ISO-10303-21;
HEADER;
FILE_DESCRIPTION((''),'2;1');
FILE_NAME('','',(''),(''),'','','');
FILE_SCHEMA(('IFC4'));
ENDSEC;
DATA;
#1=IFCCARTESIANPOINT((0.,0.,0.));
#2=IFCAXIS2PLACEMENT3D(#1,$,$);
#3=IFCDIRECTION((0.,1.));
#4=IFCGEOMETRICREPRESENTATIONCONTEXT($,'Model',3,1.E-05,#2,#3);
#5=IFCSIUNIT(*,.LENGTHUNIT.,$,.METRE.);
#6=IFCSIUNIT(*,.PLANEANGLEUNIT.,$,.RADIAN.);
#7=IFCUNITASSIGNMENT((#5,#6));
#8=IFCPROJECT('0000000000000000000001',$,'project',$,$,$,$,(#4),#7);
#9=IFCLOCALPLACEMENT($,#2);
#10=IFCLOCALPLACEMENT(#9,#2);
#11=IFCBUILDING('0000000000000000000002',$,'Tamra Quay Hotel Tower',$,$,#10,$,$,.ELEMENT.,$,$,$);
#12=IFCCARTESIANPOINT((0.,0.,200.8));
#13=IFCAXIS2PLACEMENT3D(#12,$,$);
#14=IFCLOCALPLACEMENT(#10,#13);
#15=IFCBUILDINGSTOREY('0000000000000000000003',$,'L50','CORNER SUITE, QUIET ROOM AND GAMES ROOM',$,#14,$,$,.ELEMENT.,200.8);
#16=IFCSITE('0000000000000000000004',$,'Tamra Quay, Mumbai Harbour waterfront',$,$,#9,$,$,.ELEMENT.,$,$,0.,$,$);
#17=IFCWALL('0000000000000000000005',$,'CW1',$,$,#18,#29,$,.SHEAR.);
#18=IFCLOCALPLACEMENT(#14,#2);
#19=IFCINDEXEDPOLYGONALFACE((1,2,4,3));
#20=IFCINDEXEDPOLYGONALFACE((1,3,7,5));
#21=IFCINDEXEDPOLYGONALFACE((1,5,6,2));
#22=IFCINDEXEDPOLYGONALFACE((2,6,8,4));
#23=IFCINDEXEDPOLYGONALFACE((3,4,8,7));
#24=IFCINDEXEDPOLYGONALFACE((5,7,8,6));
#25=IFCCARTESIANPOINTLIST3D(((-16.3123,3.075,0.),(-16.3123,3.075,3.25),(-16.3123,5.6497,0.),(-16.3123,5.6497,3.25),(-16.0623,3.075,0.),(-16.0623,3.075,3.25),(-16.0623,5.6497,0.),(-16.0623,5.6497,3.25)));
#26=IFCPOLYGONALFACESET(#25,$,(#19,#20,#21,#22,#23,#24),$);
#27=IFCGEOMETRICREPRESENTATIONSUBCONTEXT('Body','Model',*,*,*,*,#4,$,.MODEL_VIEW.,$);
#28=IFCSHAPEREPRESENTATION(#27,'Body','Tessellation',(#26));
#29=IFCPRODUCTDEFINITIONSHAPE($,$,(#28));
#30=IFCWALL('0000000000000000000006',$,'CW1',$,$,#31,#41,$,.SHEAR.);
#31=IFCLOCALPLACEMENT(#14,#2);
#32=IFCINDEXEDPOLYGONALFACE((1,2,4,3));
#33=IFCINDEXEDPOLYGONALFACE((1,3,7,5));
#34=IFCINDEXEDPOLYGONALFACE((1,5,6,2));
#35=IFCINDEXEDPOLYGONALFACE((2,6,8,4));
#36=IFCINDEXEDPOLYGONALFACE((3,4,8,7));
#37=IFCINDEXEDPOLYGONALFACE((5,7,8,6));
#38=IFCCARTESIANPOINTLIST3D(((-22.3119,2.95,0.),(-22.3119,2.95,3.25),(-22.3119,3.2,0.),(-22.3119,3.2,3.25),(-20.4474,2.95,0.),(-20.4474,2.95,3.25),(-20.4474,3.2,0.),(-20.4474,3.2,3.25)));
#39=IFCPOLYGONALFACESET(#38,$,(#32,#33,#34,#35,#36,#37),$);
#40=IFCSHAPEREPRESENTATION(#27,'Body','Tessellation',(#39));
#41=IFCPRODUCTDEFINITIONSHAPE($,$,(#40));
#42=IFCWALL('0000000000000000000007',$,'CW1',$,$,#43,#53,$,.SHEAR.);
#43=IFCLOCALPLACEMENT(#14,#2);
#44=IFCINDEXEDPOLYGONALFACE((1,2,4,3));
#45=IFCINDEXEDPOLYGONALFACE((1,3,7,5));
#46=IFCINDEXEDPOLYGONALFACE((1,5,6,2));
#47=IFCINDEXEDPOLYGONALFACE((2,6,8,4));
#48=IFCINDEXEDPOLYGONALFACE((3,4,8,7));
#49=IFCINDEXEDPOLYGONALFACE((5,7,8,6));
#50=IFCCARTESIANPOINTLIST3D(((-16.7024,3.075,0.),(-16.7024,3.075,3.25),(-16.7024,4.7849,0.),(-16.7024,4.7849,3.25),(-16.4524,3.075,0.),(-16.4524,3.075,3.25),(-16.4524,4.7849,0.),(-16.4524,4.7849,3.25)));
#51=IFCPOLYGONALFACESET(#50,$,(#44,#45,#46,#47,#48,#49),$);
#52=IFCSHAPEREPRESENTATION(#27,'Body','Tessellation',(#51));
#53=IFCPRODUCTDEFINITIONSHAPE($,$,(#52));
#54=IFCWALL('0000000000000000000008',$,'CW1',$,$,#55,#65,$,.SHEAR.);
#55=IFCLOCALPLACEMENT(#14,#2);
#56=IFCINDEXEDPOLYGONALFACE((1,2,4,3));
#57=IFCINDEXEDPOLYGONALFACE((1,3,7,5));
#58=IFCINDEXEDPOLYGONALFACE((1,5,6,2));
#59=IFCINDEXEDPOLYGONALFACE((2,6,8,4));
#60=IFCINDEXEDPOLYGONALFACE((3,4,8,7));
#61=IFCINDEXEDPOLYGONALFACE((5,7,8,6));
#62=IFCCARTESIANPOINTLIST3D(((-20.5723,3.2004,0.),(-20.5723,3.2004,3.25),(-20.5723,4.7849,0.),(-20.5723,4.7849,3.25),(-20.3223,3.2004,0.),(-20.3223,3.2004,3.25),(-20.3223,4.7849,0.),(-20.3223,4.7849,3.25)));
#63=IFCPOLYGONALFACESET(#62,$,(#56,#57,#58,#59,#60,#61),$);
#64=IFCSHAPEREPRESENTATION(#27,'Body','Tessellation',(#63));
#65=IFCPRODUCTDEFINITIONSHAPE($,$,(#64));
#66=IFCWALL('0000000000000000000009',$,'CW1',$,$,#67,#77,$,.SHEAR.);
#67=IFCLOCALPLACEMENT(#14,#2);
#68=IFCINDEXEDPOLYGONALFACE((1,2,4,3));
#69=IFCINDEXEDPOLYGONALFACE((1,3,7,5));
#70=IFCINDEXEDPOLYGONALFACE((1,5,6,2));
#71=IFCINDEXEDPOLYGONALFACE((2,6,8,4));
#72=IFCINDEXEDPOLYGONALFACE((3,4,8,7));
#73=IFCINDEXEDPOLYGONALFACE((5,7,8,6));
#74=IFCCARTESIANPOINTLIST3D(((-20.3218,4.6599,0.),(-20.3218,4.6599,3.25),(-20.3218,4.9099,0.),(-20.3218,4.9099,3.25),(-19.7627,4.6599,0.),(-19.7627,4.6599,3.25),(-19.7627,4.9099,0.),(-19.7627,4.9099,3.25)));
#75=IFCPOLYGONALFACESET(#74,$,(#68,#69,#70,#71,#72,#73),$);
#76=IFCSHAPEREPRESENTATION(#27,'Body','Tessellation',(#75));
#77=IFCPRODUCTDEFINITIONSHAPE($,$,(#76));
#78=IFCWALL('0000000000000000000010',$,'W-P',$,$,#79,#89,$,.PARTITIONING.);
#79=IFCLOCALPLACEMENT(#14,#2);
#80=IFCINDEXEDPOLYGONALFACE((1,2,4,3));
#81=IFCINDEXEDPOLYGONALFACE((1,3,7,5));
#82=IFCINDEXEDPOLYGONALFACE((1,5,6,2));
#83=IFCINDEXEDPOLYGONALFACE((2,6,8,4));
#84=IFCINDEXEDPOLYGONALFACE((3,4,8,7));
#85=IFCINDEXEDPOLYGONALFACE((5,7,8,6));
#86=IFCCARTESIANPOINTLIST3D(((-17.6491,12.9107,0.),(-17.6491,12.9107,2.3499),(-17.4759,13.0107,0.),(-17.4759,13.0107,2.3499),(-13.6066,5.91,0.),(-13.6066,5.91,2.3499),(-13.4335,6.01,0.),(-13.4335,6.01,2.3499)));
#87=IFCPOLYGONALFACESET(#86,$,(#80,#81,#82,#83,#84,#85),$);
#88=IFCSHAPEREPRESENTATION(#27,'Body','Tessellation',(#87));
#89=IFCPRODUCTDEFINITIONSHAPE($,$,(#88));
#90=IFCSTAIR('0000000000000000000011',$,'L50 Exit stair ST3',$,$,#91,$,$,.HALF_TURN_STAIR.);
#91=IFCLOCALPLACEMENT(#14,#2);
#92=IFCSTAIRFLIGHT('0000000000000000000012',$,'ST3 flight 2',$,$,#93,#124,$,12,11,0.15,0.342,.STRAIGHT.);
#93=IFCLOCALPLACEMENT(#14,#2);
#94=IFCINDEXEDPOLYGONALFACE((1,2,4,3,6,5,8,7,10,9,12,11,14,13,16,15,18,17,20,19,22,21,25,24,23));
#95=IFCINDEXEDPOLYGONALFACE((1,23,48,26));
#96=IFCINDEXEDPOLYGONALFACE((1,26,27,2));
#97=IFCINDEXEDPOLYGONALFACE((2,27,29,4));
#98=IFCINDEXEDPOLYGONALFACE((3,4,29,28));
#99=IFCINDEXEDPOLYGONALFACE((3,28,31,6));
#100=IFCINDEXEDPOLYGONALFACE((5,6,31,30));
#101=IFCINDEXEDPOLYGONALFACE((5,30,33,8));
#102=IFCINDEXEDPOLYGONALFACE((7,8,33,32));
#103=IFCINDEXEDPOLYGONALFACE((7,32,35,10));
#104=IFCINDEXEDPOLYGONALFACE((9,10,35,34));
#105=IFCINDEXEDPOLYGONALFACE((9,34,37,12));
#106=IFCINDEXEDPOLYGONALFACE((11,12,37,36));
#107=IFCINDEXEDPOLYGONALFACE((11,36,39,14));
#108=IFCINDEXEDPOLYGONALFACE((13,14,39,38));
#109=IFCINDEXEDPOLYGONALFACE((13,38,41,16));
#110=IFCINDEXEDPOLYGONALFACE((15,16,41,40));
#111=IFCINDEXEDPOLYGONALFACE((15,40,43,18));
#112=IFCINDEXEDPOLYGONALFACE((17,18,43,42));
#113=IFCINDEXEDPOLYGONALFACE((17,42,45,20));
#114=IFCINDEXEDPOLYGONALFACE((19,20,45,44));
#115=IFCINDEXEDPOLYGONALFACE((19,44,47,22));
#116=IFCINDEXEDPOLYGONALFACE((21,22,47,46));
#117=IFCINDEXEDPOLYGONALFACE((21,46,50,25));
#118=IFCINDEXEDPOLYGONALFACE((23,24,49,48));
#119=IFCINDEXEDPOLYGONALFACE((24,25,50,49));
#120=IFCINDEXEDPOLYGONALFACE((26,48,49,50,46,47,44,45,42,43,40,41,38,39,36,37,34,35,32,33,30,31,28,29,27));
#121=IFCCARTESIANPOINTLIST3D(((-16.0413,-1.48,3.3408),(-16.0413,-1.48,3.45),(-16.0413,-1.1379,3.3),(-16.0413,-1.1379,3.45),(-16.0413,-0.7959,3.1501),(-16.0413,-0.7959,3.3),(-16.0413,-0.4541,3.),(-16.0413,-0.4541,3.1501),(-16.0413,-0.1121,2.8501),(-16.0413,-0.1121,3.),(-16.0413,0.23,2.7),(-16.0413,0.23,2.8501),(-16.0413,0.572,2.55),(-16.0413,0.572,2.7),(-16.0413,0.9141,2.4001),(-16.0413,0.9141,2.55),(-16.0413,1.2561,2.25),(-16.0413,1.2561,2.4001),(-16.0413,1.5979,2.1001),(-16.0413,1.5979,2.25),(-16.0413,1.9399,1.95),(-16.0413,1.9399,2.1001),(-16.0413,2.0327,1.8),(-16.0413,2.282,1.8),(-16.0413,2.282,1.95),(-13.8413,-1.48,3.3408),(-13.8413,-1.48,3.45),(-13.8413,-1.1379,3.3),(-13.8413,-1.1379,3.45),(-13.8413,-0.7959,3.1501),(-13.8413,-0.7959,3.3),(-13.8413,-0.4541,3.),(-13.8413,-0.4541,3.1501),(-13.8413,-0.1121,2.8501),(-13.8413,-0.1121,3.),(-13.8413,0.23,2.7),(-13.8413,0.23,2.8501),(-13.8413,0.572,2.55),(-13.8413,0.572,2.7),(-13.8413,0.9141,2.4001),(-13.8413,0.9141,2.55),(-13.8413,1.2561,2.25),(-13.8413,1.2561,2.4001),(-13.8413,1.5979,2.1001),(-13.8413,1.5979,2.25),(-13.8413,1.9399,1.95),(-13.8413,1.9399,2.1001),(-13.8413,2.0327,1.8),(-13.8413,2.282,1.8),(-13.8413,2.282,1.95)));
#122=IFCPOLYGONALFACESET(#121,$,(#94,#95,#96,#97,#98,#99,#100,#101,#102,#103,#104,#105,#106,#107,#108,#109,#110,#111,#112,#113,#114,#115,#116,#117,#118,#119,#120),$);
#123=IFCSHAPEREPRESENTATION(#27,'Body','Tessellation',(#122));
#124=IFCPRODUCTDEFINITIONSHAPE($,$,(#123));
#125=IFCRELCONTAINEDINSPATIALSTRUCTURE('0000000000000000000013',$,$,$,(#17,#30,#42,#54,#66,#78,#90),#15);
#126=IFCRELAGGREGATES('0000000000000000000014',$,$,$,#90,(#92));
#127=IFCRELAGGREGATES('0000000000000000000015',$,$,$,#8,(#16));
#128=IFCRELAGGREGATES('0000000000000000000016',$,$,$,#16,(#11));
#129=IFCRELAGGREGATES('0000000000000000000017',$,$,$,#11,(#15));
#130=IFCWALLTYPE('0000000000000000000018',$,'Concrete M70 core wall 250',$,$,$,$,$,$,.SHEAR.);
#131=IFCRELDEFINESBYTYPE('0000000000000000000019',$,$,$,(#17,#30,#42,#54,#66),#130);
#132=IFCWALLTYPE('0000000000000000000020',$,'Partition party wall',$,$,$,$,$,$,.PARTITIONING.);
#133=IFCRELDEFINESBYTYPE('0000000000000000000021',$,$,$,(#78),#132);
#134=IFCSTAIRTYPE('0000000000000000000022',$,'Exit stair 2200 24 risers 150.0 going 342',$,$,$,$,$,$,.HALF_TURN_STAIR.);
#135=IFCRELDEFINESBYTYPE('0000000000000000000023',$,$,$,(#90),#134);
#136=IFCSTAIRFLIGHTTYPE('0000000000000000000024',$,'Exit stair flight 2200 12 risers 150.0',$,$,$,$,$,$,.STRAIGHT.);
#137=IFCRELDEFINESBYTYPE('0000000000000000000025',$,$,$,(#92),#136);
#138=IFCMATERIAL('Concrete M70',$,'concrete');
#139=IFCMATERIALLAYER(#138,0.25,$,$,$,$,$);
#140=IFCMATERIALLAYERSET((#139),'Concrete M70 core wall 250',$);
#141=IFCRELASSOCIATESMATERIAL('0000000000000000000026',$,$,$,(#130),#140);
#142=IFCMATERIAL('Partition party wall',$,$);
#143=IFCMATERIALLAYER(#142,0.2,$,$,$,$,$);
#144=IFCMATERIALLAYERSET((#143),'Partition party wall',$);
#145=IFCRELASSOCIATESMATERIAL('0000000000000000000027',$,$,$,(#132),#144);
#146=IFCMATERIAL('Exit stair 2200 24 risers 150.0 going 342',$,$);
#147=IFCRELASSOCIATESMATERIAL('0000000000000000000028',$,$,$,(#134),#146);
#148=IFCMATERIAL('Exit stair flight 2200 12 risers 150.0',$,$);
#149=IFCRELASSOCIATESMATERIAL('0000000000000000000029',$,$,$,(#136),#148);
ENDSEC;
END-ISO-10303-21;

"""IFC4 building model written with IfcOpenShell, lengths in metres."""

from ifc_helpers import new_model, si_unit, direction, frame, frame_2d, origin, place, context, subcontext, project, spatial, polyline, rectangle, outline, extrude, material, layer, layer_set, type_object, element, aggregate, save


model = new_model("IFC4")

# Units and contexts
model_context = context("Model", 3, precision=1e-05, world=origin(), true_north=direction((0.0, 1.0)))
body_context = subcontext(model_context, "Body", "Model", "MODEL_VIEW")
ifc_project = project(units=[si_unit("LENGTHUNIT", "METRE"), si_unit("PLANEANGLEUNIT", "RADIAN")], contexts=[model_context])

# Site, building, storey
site_placement = place(None, origin())
site = spatial("IfcSite", under=ifc_project, at=site_placement, Name="Tamra Quay, Mumbai Harbour waterfront", CompositionType="ELEMENT", RefElevation=0.0)
building_placement = place(site_placement, origin())
building = spatial("IfcBuilding", under=site, at=building_placement, Name="Tamra Quay Hotel Tower", CompositionType="ELEMENT")
storey_placement = place(building_placement, frame((0.0, 0.0, 200.8)))
storey = spatial("IfcBuildingStorey", under=building, at=storey_placement, Name="L50", Description="CORNER SUITE, QUIET ROOM AND GAMES ROOM", CompositionType="ELEMENT", Elevation=200.8)

# Shared definitions
ifc_material_1 = material(Name="Concrete M70", Category="concrete")

# Walls
ifc_layer_1 = layer(ifc_material_1, 0.25)
ifc_layer_set_1 = layer_set([ifc_layer_1], Name="Concrete M70 core wall 250")
wall_type_1 = type_object("IfcWallType", Name="Concrete M70 core wall 250", PredefinedType="SHEAR", material=ifc_layer_set_1)
wall_1_placement = place(storey_placement, frame((-16.1873, 3.075, 0.0), z_axis=(0.0, 0.0, 1.0), x_axis=(0.0, 1.0, 0.0)))
element("IfcWall", 1, at=wall_1_placement, inside=storey, type_object=wall_type_1, Name="CW1", PredefinedType="SHEAR", context=body_context, shape_type="SweptSolid", body=[
    extrude(rectangle(XDim=2.5747, YDim=0.25, at=frame_2d((1.2874, 0.0))), origin(), (0.0, 0.0, 1.0), 3.25),
])
wall_2_placement = place(storey_placement, frame((-22.3118, 3.075, 0.0), z_axis=(0.0, 0.0, 1.0), x_axis=(1.0, 0.0, 0.0)))
element("IfcWall", 2, at=wall_2_placement, inside=storey, type_object=wall_type_1, Name="CW1", PredefinedType="SHEAR", context=body_context, shape_type="SweptSolid", body=[
    extrude(rectangle(XDim=1.8645, YDim=0.25, at=frame_2d((0.9321, 0.0))), origin(), (0.0, 0.0, 1.0), 3.25),
])
wall_3_placement = place(storey_placement, frame((-16.5774, 4.7849, 0.0), z_axis=(0.0, 0.0, 1.0), x_axis=(0.0, -1.0, 0.0)))
element("IfcWall", 3, at=wall_3_placement, inside=storey, type_object=wall_type_1, Name="CW1", PredefinedType="SHEAR", context=body_context, shape_type="SweptSolid", body=[
    extrude(rectangle(XDim=1.71, YDim=0.25, at=frame_2d((0.855, 0.0))), origin(), (0.0, 0.0, 1.0), 3.25),
])
wall_4_placement = place(storey_placement, frame((-20.4473, 3.2004, 0.0), z_axis=(0.0, 0.0, 1.0), x_axis=(0.0, 1.0, 0.0)))
element("IfcWall", 4, at=wall_4_placement, inside=storey, type_object=wall_type_1, Name="CW1", PredefinedType="SHEAR", context=body_context, shape_type="SweptSolid", body=[
    extrude(rectangle(XDim=1.5845, YDim=0.25, at=frame_2d((0.7922, 0.0))), origin(), (0.0, 0.0, 1.0), 3.25),
])
wall_5_placement = place(storey_placement, frame((-20.3218, 4.7849, 0.0), z_axis=(0.0, 0.0, 1.0), x_axis=(1.0, 0.0, 0.0)))
element("IfcWall", 5, at=wall_5_placement, inside=storey, type_object=wall_type_1, Name="CW1", PredefinedType="SHEAR", context=body_context, shape_type="SweptSolid", body=[
    extrude(rectangle(XDim=0.5591, YDim=0.25, at=frame_2d((0.2795, 0.0))), origin(), (0.0, 0.0, 1.0), 3.25),
])
ifc_material_2 = material(Name="Partition party wall")
ifc_layer_2 = layer(ifc_material_2, 0.2)
ifc_layer_set_2 = layer_set([ifc_layer_2], Name="Partition party wall")
wall_type_2 = type_object("IfcWallType", Name="Partition party wall", PredefinedType="PARTITIONING", material=ifc_layer_set_2)
wall_6_placement = place(storey_placement, frame((-17.5625, 12.9607, 0.0), z_axis=(0.0, 0.0, 1.0), x_axis=(0.500056, -0.865993, 0.0)))
element("IfcWall", 6, at=wall_6_placement, inside=storey, type_object=wall_type_2, Name="W-P", PredefinedType="PARTITIONING", context=body_context, shape_type="SweptSolid", body=[
    extrude(rectangle(XDim=8.084, YDim=0.2, at=frame_2d((4.042, 0.0))), origin(), (0.0, 0.0, 1.0), 2.3499),
])

# Stair, stair flight
ifc_material_3 = material(Name="Exit stair 2200 24 risers 150.0 going 342")
stair_type = type_object("IfcStairType", Name="Exit stair 2200 24 risers 150.0 going 342", PredefinedType="HALF_TURN_STAIR", material=ifc_material_3)
stair_placement = place(storey_placement, origin())
stair = element("IfcStair", 7, at=stair_placement, inside=storey, type_object=stair_type, Name="L50 Exit stair ST3", PredefinedType="HALF_TURN_STAIR")
ifc_material_4 = material(Name="Exit stair flight 2200 12 risers 150.0")
stair_flight_type = type_object("IfcStairFlightType", Name="Exit stair flight 2200 12 risers 150.0", PredefinedType="STRAIGHT", material=ifc_material_4)
stair_flight_placement = place(storey_placement, frame((-14.9414, 2.282, 1.8), z_axis=(0.0, 0.0, 1.0), x_axis=(0.0, -1.0, 0.0)))
stair_flight = element("IfcStairFlight", 8, at=stair_flight_placement, type_object=stair_flight_type, Name="ST3 flight 2", NumberOfRisers=12, NumberOfTreads=11, PredefinedType="STRAIGHT", RiserHeight=0.15, TreadLength=0.342, context=body_context, shape_type="SweptSolid", body=[
    extrude(outline(polyline([(0.0, 0.0), (0.0, 0.1499), (0.342, 0.1499), (0.342, 0.3), (0.6841, 0.3), (0.6841, 0.45), (1.0259, 0.45), (1.0259, 0.6001), (1.3679, 0.6001), (1.3679, 0.75), (1.71, 0.75), (1.71, 0.8999), (2.052, 0.8999), (2.052, 1.05), (2.394, 1.05), (2.394, 1.2), (2.7361, 1.2), (2.7361, 1.3501), (3.0779, 1.3501), (3.0779, 1.5), (3.4199, 1.5), (3.4199, 1.6499), (3.762, 1.6499), (3.762, 1.8), (3.762, 1.5408), (0.2493, 0.0), (0.0, 0.0)])), frame((0.0, 1.1001, 0.0), z_axis=(0.0, -1.0, 0.0), x_axis=(1.0, 0.0, 0.0)), (0.0, 0.0, 1.0), 2.2),
])
aggregate(stair, [stair_flight])

save(model, "model.ifc")
